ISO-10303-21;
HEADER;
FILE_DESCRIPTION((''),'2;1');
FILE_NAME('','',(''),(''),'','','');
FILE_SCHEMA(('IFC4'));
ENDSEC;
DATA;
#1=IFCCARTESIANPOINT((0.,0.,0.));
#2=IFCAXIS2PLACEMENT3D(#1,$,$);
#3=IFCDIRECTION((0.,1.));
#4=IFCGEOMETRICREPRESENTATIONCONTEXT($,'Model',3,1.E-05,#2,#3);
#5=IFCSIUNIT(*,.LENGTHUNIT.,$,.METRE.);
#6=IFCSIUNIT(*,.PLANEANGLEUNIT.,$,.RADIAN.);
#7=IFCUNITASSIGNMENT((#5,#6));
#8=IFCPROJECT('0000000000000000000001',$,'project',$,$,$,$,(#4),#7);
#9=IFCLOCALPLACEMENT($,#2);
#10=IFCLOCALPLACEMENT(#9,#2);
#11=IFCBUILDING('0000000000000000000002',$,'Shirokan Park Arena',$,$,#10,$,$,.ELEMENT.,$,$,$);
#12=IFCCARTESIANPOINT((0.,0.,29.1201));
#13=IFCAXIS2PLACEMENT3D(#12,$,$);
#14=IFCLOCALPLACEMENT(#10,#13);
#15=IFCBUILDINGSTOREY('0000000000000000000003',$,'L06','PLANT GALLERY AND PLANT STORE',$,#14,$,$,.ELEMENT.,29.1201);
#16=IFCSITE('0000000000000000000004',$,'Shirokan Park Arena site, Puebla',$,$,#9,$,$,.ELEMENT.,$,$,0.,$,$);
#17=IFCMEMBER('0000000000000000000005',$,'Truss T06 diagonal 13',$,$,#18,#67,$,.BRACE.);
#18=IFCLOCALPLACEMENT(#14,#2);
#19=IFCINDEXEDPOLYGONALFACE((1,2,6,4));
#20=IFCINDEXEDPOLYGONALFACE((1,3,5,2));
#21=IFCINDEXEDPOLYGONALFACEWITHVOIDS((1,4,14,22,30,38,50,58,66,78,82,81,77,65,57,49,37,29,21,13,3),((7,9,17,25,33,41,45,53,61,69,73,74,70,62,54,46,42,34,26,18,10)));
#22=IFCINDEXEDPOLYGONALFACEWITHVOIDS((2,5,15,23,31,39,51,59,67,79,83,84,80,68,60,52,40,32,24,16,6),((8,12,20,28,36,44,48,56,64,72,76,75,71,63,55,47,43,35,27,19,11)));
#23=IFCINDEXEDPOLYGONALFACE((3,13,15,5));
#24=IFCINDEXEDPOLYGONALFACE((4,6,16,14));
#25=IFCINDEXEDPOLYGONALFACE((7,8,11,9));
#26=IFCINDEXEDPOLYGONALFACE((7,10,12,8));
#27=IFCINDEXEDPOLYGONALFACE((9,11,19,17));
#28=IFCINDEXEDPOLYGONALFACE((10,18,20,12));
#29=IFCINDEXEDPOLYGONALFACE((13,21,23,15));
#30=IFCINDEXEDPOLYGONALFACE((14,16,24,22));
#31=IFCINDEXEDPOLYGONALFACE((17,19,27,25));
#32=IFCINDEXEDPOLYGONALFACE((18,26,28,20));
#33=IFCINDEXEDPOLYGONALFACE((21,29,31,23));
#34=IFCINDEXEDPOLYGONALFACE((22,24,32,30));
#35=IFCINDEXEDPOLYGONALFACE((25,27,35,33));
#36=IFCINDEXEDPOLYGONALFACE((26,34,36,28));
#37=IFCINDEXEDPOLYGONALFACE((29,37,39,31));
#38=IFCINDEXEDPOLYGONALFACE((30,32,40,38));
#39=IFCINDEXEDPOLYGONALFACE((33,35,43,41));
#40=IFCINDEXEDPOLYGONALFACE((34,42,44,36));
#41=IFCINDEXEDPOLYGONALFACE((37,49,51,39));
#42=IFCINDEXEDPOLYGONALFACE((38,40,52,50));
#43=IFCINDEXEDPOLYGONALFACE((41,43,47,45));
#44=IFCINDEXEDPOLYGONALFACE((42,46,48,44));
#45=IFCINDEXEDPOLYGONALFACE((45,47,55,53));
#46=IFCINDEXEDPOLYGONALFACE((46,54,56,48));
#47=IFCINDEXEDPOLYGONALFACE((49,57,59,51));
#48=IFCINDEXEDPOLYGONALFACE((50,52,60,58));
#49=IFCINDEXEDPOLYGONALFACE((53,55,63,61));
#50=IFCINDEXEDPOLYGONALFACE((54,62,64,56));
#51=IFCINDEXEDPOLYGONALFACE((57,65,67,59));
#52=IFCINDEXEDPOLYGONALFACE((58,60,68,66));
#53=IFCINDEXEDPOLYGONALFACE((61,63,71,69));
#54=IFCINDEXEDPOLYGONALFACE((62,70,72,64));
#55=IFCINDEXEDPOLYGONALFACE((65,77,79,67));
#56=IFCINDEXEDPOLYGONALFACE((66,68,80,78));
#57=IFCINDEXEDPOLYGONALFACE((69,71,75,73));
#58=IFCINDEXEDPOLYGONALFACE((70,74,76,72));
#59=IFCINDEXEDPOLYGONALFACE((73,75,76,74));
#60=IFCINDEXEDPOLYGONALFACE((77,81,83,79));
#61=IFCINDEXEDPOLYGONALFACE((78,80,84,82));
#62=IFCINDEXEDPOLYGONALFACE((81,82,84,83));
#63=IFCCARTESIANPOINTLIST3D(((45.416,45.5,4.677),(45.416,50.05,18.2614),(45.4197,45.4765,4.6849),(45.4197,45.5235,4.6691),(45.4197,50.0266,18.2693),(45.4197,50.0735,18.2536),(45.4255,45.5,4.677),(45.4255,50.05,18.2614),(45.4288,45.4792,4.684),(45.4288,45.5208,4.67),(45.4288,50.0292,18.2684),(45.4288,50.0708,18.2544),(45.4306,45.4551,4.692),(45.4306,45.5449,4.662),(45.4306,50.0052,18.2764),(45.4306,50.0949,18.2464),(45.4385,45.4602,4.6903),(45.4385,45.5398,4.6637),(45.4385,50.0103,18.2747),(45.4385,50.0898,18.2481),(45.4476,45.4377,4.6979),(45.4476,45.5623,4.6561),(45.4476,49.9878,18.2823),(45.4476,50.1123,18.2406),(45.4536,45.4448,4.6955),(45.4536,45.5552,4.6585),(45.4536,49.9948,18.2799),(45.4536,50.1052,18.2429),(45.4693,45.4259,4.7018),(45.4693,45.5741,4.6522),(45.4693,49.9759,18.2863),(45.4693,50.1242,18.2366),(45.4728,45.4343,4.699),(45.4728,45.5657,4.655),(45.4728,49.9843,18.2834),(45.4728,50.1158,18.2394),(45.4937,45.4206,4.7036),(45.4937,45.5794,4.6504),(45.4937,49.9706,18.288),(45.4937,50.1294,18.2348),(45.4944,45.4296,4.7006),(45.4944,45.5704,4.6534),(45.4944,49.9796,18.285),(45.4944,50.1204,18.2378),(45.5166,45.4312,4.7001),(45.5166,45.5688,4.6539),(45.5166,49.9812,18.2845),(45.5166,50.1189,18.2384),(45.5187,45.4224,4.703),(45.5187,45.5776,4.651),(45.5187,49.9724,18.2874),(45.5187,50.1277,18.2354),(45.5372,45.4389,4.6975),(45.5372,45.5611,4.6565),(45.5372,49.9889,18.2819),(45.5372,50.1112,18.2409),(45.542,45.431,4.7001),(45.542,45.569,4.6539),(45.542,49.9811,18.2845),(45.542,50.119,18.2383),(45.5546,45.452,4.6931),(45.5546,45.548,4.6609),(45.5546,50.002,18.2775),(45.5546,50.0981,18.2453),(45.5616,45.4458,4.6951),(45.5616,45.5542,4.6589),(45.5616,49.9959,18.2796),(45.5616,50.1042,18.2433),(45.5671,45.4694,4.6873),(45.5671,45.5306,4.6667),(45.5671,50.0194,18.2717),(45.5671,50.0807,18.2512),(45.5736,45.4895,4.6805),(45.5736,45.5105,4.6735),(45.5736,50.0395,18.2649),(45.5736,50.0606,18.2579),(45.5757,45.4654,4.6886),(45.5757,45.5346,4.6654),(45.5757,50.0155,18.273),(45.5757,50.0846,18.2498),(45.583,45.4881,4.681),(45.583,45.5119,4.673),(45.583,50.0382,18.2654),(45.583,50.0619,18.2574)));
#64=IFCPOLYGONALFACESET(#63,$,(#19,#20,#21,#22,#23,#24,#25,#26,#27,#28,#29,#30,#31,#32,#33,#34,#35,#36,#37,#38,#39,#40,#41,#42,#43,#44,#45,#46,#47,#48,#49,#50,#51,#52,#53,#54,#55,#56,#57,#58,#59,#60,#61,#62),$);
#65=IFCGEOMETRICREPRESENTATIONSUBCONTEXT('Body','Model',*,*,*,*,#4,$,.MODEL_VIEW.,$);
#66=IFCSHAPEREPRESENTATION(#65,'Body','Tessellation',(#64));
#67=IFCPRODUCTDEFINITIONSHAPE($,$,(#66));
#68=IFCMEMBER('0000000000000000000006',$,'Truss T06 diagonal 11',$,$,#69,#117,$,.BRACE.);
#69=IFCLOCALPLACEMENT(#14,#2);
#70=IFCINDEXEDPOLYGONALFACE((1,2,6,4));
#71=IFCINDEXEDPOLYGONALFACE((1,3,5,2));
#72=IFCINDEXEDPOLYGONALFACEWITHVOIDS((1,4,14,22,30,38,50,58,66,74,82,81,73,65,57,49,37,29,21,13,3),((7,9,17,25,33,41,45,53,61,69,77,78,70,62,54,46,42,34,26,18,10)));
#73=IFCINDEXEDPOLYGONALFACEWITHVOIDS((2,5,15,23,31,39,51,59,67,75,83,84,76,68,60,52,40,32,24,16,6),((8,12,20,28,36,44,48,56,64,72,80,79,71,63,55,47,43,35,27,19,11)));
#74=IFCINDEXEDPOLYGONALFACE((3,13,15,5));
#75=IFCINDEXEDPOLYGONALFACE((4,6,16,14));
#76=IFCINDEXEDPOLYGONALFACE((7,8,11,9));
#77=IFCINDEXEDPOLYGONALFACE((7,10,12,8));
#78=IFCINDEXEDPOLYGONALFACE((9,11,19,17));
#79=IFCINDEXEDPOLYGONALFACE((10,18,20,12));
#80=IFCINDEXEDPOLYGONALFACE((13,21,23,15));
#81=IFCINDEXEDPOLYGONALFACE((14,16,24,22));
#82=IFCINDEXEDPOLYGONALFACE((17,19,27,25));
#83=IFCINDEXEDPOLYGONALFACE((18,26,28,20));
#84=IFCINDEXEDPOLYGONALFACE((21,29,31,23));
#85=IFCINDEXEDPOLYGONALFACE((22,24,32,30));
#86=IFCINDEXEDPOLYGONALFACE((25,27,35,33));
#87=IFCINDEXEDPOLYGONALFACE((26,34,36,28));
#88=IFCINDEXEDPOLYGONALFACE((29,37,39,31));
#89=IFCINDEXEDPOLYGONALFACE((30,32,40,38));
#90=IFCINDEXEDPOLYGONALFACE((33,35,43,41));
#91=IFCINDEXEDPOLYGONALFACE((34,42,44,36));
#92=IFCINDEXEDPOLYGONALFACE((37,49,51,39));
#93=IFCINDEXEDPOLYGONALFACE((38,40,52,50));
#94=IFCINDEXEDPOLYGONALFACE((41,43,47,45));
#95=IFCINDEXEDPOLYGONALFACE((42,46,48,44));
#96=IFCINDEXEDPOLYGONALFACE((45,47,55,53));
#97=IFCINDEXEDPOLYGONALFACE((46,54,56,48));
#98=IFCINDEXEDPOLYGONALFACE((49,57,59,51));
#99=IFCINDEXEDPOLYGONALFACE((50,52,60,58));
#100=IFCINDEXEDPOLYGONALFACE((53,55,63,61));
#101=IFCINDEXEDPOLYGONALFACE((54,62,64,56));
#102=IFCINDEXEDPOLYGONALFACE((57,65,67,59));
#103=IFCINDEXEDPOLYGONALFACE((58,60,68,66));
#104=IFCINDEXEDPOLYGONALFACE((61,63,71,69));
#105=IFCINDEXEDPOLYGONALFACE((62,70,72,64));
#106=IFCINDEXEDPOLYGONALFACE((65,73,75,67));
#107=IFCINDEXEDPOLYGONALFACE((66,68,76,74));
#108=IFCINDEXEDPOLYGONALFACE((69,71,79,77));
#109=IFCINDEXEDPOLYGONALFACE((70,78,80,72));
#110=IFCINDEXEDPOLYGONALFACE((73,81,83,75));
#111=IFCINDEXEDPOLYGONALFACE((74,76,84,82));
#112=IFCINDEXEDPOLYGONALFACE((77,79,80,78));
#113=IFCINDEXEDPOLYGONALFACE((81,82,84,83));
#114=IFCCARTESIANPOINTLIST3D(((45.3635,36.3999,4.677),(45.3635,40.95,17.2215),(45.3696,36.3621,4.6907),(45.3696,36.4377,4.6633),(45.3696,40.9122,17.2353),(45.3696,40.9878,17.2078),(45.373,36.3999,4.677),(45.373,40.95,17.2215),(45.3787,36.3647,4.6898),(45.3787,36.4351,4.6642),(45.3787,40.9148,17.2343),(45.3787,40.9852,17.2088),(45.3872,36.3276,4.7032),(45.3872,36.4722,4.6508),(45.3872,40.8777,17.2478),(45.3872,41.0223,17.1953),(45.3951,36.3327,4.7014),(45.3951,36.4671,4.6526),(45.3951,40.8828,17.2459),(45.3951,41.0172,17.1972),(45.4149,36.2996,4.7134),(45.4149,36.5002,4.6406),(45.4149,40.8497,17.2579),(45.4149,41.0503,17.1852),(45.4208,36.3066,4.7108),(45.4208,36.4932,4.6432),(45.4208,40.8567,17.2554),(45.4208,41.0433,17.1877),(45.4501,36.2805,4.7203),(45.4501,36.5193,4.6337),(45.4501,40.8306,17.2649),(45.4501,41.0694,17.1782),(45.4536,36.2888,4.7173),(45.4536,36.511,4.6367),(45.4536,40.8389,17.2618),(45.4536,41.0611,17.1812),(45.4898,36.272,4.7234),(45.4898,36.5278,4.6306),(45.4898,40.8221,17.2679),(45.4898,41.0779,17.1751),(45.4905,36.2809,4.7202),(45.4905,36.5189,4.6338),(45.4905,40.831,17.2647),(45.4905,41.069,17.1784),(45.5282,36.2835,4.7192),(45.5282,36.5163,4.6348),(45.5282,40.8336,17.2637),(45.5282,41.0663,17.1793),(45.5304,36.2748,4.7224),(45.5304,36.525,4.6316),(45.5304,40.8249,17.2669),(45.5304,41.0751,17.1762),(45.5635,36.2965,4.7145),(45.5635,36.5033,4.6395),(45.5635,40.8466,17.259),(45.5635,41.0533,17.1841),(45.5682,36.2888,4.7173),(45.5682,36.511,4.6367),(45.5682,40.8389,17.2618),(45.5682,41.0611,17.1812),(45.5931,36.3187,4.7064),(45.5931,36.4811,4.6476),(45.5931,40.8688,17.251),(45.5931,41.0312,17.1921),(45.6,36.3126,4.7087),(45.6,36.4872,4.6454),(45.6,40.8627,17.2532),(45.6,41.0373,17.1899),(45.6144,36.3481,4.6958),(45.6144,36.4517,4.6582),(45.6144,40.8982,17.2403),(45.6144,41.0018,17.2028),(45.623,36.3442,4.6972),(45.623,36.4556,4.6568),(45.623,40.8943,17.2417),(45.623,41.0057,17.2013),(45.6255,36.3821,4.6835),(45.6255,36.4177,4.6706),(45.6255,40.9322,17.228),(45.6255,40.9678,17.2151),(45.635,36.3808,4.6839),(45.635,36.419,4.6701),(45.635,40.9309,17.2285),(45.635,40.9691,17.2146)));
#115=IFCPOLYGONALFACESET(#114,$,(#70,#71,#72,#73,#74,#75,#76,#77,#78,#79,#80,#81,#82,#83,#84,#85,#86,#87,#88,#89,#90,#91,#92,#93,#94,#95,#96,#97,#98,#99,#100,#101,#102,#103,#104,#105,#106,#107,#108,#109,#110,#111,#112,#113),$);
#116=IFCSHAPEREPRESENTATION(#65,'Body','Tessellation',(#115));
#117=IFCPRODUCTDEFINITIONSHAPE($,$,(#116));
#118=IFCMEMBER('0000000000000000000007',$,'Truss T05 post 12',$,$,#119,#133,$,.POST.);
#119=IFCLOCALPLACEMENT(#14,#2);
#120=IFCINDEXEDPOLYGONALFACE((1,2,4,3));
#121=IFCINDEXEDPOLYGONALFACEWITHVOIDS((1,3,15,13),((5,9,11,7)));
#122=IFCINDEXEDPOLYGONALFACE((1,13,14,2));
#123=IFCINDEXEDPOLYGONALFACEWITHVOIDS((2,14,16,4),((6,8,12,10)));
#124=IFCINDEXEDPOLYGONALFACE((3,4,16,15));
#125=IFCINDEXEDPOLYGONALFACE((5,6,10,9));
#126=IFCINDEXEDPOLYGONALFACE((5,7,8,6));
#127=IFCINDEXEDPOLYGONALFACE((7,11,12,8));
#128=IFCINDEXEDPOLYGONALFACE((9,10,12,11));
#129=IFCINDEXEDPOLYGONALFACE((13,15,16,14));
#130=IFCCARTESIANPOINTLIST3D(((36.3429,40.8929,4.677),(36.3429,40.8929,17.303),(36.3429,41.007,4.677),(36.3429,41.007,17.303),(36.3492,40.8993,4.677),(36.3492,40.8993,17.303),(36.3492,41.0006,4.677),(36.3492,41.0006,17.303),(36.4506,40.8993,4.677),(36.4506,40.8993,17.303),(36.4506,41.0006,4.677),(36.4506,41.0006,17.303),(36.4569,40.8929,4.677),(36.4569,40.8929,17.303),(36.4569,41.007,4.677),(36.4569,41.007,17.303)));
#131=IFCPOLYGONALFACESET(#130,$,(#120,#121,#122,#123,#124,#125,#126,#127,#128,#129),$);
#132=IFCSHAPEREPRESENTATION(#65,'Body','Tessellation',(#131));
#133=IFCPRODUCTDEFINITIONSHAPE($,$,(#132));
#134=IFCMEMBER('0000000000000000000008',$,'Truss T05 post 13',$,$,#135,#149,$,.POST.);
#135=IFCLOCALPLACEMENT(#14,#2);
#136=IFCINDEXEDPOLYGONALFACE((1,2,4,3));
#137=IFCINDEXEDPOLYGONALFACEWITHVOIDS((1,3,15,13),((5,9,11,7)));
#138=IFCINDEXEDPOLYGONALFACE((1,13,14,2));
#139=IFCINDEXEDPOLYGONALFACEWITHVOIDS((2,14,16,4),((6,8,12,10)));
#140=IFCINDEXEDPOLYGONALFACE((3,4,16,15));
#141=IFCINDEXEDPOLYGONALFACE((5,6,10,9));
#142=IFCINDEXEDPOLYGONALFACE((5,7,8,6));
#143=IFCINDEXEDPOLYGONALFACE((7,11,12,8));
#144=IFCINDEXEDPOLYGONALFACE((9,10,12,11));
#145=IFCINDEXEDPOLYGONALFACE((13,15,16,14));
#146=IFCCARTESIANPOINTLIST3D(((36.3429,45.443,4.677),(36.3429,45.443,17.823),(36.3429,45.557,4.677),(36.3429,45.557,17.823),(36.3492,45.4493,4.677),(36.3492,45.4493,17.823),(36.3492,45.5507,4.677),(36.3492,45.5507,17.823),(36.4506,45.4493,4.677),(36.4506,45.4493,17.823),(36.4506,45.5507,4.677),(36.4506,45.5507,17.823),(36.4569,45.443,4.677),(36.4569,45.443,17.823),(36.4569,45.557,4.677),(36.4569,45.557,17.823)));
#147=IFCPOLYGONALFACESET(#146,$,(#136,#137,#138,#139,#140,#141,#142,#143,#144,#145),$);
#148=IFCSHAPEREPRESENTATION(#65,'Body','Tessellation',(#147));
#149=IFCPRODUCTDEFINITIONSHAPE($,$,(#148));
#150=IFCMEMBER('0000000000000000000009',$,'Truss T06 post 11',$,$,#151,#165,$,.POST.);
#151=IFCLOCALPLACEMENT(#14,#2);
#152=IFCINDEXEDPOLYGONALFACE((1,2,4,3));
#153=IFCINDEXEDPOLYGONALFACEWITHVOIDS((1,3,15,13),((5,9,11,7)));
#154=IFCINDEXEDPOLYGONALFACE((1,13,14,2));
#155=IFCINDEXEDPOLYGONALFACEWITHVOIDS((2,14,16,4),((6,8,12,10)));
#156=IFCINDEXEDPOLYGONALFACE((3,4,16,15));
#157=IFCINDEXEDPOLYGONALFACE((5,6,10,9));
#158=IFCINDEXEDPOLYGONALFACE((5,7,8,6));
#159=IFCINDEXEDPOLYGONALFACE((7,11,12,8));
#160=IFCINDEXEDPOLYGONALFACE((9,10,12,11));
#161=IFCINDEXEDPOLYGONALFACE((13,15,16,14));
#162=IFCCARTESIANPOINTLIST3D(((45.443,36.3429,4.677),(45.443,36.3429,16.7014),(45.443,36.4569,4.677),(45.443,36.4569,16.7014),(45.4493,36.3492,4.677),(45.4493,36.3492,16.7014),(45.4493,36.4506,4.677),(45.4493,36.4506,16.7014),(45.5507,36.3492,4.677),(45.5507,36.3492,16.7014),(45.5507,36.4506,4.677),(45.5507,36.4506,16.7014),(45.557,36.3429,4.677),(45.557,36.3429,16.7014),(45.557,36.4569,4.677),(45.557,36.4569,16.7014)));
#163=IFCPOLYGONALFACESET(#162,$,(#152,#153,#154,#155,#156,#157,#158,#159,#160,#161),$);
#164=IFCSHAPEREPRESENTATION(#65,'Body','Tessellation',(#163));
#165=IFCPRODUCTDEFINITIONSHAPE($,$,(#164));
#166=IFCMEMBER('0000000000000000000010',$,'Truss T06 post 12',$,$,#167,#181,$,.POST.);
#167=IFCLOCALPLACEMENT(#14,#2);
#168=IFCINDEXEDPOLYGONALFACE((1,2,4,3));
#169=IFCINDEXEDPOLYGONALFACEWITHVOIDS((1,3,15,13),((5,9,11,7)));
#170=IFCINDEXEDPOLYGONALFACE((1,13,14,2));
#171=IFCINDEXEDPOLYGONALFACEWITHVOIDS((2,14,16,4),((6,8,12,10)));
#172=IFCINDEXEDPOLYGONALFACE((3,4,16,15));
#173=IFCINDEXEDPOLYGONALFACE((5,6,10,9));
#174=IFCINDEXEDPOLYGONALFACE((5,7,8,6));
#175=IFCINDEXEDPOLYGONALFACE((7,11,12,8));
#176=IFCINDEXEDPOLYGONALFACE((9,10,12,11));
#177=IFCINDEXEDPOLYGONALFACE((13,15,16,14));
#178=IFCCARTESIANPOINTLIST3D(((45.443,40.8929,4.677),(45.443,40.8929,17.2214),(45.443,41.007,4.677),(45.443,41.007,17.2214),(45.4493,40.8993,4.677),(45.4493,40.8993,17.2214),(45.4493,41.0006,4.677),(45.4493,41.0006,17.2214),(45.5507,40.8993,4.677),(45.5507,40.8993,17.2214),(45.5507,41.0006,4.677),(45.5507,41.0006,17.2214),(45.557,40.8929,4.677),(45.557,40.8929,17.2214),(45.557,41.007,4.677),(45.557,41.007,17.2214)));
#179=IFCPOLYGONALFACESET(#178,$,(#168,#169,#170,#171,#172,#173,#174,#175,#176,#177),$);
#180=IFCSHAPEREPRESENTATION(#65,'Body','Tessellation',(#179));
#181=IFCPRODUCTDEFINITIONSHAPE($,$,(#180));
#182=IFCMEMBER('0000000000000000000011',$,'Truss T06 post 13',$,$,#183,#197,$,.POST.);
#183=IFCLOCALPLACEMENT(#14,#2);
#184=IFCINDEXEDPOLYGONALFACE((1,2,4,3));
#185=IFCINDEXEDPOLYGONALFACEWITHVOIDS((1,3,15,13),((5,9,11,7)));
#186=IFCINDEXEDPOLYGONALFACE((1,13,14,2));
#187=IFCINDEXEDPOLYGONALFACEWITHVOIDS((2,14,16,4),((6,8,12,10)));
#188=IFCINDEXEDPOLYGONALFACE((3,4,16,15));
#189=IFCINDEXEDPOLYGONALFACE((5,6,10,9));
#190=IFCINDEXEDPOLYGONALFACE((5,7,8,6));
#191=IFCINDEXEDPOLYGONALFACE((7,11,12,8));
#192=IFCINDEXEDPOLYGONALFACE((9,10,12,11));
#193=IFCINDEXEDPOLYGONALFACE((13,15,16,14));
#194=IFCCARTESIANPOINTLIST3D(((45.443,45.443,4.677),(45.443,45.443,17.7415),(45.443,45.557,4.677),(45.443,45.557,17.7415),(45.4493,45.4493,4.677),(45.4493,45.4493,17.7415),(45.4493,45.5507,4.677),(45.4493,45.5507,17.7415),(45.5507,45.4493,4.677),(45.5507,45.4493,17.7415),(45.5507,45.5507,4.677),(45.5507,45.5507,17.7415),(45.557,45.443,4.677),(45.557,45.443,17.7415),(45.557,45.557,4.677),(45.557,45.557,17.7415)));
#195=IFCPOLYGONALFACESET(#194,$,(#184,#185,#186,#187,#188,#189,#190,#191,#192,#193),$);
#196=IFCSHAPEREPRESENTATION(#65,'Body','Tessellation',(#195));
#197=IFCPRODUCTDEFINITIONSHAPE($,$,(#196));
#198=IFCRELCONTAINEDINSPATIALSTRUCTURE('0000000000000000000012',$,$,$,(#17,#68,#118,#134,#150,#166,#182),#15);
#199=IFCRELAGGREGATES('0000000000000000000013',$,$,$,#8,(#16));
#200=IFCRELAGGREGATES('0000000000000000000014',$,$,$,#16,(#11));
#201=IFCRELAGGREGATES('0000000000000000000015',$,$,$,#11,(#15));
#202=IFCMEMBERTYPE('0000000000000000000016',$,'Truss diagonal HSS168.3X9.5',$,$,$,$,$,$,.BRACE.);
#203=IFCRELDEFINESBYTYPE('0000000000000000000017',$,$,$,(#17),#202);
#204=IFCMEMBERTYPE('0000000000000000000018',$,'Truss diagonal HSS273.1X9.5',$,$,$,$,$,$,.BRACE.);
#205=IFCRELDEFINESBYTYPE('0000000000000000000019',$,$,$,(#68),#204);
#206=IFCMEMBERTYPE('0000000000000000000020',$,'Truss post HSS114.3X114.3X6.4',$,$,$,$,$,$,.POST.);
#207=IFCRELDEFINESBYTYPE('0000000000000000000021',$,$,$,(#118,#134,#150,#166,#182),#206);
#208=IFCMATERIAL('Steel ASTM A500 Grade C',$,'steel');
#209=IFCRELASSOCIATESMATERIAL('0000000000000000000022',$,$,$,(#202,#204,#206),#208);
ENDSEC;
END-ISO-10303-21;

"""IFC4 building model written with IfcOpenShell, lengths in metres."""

from ifc_helpers import new_model, si_unit, direction, frame, origin, origin_2d, place, context, subcontext, project, spatial, hollow_rectangle, hollow_circle, extrude, material, material_profile, profile_set, type_object, element, save


model = new_model("IFC4")

# Units and contexts
model_context = context("Model", 3, precision=1e-05, world=origin(), true_north=direction((0.0, 1.0)))
body_context = subcontext(model_context, "Body", "Model", "MODEL_VIEW")
ifc_project = project(units=[si_unit("LENGTHUNIT", "METRE"), si_unit("PLANEANGLEUNIT", "RADIAN")], contexts=[model_context])

# Site, building, storey
site_placement = place(None, origin())
site = spatial("IfcSite", under=ifc_project, at=site_placement, Name="Shirokan Park Arena site, Puebla", CompositionType="ELEMENT", RefElevation=0.0)
building_placement = place(site_placement, origin())
building = spatial("IfcBuilding", under=site, at=building_placement, Name="Shirokan Park Arena", CompositionType="ELEMENT")
storey_placement = place(building_placement, frame((0.0, 0.0, 29.1201)))
storey = spatial("IfcBuildingStorey", under=building, at=storey_placement, Name="L06", Description="PLANT GALLERY AND PLANT STORE", CompositionType="ELEMENT", Elevation=29.1201)

# Members
ifc_material_1 = material(Name="Steel ASTM A500 Grade C", Category="steel")
ifc_material_profile_1 = material_profile(ifc_material_1, hollow_circle(Radius=0.084, WallThickness=0.0095, at=origin_2d()), Name="HSS168.3X9.5")
ifc_profile_set_1 = profile_set([ifc_material_profile_1], Name="Steel ASTM A500 Grade C")
member_type_1 = type_object("IfcMemberType", Name="Truss diagonal HSS168.3X9.5", PredefinedType="BRACE", material=ifc_profile_set_1)
member_1_placement = place(storey_placement, frame((45.5, 45.5, 4.677), z_axis=(0.0, 0.317603, 0.948224), x_axis=(-1.0, 0.0, 0.0)))
element("IfcMember", 1, at=member_1_placement, inside=storey, type_object=member_type_1, Name="Truss T06 diagonal 13", PredefinedType="BRACE", context=body_context, shape_type="SweptSolid", body=[
    extrude(hollow_circle(Radius=0.084, WallThickness=0.0095, at=origin_2d()), origin(), (0.0, 0.0, 1.0), 14.3262),
])
ifc_material_profile_2 = material_profile(ifc_material_1, hollow_circle(Radius=0.1365, WallThickness=0.0095, at=origin_2d()), Name="HSS273.1X9.5")
ifc_profile_set_2 = profile_set([ifc_material_profile_2], Name="Steel ASTM A500 Grade C")
member_type_2 = type_object("IfcMemberType", Name="Truss diagonal HSS273.1X9.5", PredefinedType="BRACE", material=ifc_profile_set_2)
member_2_placement = place(storey_placement, frame((45.5, 36.3999, 4.677), z_axis=(0.0, 0.340978, 0.940071), x_axis=(-1.0, 0.0, 0.0)))
element("IfcMember", 2, at=member_2_placement, inside=storey, type_object=member_type_2, Name="Truss T06 diagonal 11", PredefinedType="BRACE", context=body_context, shape_type="SweptSolid", body=[
    extrude(hollow_circle(Radius=0.1365, WallThickness=0.0095, at=origin_2d()), origin(), (0.0, 0.0, 1.0), 13.3442),
])
ifc_material_profile_3 = material_profile(ifc_material_1, hollow_rectangle(XDim=0.114, YDim=0.114, WallThickness=0.0063, at=origin_2d()), Name="HSS114.3X114.3X6.4")
ifc_profile_set_3 = profile_set([ifc_material_profile_3], Name="Steel ASTM A500 Grade C")
member_type_3 = type_object("IfcMemberType", Name="Truss post HSS114.3X114.3X6.4", PredefinedType="POST", material=ifc_profile_set_3)
member_3_placement = place(storey_placement, frame((36.3999, 40.95, 4.677), z_axis=(0.0, 0.0, 1.0), x_axis=(1.0, 0.0, 0.0)))
element("IfcMember", 3, at=member_3_placement, inside=storey, type_object=member_type_3, Name="Truss T05 post 12", PredefinedType="POST", context=body_context, shape_type="SweptSolid", body=[
    extrude(hollow_rectangle(XDim=0.114, YDim=0.114, WallThickness=0.0063, at=origin_2d()), origin(), (0.0, 0.0, 1.0), 12.626),
])
member_4_placement = place(storey_placement, frame((36.3999, 45.5, 4.677), z_axis=(0.0, 0.0, 1.0), x_axis=(1.0, 0.0, 0.0)))
element("IfcMember", 4, at=member_4_placement, inside=storey, type_object=member_type_3, Name="Truss T05 post 13", PredefinedType="POST", context=body_context, shape_type="SweptSolid", body=[
    extrude(hollow_rectangle(XDim=0.114, YDim=0.114, WallThickness=0.0063, at=origin_2d()), origin(), (0.0, 0.0, 1.0), 13.146),
])
member_5_placement = place(storey_placement, frame((45.5, 36.3999, 4.677), z_axis=(0.0, 0.0, 1.0), x_axis=(1.0, 0.0, 0.0)))
element("IfcMember", 5, at=member_5_placement, inside=storey, type_object=member_type_3, Name="Truss T06 post 11", PredefinedType="POST", context=body_context, shape_type="SweptSolid", body=[
    extrude(hollow_rectangle(XDim=0.114, YDim=0.114, WallThickness=0.0063, at=origin_2d()), origin(), (0.0, 0.0, 1.0), 12.0244),
])
member_6_placement = place(storey_placement, frame((45.5, 40.95, 4.677), z_axis=(0.0, 0.0, 1.0), x_axis=(1.0, 0.0, 0.0)))
element("IfcMember", 6, at=member_6_placement, inside=storey, type_object=member_type_3, Name="Truss T06 post 12", PredefinedType="POST", context=body_context, shape_type="SweptSolid", body=[
    extrude(hollow_rectangle(XDim=0.114, YDim=0.114, WallThickness=0.0063, at=origin_2d()), origin(), (0.0, 0.0, 1.0), 12.5444),
])
member_7_placement = place(storey_placement, frame((45.5, 45.5, 4.677), z_axis=(0.0, 0.0, 1.0), x_axis=(1.0, 0.0, 0.0)))
element("IfcMember", 7, at=member_7_placement, inside=storey, type_object=member_type_3, Name="Truss T06 post 13", PredefinedType="POST", context=body_context, shape_type="SweptSolid", body=[
    extrude(hollow_rectangle(XDim=0.114, YDim=0.114, WallThickness=0.0063, at=origin_2d()), origin(), (0.0, 0.0, 1.0), 13.0645),
])

save(model, "model.ifc")
